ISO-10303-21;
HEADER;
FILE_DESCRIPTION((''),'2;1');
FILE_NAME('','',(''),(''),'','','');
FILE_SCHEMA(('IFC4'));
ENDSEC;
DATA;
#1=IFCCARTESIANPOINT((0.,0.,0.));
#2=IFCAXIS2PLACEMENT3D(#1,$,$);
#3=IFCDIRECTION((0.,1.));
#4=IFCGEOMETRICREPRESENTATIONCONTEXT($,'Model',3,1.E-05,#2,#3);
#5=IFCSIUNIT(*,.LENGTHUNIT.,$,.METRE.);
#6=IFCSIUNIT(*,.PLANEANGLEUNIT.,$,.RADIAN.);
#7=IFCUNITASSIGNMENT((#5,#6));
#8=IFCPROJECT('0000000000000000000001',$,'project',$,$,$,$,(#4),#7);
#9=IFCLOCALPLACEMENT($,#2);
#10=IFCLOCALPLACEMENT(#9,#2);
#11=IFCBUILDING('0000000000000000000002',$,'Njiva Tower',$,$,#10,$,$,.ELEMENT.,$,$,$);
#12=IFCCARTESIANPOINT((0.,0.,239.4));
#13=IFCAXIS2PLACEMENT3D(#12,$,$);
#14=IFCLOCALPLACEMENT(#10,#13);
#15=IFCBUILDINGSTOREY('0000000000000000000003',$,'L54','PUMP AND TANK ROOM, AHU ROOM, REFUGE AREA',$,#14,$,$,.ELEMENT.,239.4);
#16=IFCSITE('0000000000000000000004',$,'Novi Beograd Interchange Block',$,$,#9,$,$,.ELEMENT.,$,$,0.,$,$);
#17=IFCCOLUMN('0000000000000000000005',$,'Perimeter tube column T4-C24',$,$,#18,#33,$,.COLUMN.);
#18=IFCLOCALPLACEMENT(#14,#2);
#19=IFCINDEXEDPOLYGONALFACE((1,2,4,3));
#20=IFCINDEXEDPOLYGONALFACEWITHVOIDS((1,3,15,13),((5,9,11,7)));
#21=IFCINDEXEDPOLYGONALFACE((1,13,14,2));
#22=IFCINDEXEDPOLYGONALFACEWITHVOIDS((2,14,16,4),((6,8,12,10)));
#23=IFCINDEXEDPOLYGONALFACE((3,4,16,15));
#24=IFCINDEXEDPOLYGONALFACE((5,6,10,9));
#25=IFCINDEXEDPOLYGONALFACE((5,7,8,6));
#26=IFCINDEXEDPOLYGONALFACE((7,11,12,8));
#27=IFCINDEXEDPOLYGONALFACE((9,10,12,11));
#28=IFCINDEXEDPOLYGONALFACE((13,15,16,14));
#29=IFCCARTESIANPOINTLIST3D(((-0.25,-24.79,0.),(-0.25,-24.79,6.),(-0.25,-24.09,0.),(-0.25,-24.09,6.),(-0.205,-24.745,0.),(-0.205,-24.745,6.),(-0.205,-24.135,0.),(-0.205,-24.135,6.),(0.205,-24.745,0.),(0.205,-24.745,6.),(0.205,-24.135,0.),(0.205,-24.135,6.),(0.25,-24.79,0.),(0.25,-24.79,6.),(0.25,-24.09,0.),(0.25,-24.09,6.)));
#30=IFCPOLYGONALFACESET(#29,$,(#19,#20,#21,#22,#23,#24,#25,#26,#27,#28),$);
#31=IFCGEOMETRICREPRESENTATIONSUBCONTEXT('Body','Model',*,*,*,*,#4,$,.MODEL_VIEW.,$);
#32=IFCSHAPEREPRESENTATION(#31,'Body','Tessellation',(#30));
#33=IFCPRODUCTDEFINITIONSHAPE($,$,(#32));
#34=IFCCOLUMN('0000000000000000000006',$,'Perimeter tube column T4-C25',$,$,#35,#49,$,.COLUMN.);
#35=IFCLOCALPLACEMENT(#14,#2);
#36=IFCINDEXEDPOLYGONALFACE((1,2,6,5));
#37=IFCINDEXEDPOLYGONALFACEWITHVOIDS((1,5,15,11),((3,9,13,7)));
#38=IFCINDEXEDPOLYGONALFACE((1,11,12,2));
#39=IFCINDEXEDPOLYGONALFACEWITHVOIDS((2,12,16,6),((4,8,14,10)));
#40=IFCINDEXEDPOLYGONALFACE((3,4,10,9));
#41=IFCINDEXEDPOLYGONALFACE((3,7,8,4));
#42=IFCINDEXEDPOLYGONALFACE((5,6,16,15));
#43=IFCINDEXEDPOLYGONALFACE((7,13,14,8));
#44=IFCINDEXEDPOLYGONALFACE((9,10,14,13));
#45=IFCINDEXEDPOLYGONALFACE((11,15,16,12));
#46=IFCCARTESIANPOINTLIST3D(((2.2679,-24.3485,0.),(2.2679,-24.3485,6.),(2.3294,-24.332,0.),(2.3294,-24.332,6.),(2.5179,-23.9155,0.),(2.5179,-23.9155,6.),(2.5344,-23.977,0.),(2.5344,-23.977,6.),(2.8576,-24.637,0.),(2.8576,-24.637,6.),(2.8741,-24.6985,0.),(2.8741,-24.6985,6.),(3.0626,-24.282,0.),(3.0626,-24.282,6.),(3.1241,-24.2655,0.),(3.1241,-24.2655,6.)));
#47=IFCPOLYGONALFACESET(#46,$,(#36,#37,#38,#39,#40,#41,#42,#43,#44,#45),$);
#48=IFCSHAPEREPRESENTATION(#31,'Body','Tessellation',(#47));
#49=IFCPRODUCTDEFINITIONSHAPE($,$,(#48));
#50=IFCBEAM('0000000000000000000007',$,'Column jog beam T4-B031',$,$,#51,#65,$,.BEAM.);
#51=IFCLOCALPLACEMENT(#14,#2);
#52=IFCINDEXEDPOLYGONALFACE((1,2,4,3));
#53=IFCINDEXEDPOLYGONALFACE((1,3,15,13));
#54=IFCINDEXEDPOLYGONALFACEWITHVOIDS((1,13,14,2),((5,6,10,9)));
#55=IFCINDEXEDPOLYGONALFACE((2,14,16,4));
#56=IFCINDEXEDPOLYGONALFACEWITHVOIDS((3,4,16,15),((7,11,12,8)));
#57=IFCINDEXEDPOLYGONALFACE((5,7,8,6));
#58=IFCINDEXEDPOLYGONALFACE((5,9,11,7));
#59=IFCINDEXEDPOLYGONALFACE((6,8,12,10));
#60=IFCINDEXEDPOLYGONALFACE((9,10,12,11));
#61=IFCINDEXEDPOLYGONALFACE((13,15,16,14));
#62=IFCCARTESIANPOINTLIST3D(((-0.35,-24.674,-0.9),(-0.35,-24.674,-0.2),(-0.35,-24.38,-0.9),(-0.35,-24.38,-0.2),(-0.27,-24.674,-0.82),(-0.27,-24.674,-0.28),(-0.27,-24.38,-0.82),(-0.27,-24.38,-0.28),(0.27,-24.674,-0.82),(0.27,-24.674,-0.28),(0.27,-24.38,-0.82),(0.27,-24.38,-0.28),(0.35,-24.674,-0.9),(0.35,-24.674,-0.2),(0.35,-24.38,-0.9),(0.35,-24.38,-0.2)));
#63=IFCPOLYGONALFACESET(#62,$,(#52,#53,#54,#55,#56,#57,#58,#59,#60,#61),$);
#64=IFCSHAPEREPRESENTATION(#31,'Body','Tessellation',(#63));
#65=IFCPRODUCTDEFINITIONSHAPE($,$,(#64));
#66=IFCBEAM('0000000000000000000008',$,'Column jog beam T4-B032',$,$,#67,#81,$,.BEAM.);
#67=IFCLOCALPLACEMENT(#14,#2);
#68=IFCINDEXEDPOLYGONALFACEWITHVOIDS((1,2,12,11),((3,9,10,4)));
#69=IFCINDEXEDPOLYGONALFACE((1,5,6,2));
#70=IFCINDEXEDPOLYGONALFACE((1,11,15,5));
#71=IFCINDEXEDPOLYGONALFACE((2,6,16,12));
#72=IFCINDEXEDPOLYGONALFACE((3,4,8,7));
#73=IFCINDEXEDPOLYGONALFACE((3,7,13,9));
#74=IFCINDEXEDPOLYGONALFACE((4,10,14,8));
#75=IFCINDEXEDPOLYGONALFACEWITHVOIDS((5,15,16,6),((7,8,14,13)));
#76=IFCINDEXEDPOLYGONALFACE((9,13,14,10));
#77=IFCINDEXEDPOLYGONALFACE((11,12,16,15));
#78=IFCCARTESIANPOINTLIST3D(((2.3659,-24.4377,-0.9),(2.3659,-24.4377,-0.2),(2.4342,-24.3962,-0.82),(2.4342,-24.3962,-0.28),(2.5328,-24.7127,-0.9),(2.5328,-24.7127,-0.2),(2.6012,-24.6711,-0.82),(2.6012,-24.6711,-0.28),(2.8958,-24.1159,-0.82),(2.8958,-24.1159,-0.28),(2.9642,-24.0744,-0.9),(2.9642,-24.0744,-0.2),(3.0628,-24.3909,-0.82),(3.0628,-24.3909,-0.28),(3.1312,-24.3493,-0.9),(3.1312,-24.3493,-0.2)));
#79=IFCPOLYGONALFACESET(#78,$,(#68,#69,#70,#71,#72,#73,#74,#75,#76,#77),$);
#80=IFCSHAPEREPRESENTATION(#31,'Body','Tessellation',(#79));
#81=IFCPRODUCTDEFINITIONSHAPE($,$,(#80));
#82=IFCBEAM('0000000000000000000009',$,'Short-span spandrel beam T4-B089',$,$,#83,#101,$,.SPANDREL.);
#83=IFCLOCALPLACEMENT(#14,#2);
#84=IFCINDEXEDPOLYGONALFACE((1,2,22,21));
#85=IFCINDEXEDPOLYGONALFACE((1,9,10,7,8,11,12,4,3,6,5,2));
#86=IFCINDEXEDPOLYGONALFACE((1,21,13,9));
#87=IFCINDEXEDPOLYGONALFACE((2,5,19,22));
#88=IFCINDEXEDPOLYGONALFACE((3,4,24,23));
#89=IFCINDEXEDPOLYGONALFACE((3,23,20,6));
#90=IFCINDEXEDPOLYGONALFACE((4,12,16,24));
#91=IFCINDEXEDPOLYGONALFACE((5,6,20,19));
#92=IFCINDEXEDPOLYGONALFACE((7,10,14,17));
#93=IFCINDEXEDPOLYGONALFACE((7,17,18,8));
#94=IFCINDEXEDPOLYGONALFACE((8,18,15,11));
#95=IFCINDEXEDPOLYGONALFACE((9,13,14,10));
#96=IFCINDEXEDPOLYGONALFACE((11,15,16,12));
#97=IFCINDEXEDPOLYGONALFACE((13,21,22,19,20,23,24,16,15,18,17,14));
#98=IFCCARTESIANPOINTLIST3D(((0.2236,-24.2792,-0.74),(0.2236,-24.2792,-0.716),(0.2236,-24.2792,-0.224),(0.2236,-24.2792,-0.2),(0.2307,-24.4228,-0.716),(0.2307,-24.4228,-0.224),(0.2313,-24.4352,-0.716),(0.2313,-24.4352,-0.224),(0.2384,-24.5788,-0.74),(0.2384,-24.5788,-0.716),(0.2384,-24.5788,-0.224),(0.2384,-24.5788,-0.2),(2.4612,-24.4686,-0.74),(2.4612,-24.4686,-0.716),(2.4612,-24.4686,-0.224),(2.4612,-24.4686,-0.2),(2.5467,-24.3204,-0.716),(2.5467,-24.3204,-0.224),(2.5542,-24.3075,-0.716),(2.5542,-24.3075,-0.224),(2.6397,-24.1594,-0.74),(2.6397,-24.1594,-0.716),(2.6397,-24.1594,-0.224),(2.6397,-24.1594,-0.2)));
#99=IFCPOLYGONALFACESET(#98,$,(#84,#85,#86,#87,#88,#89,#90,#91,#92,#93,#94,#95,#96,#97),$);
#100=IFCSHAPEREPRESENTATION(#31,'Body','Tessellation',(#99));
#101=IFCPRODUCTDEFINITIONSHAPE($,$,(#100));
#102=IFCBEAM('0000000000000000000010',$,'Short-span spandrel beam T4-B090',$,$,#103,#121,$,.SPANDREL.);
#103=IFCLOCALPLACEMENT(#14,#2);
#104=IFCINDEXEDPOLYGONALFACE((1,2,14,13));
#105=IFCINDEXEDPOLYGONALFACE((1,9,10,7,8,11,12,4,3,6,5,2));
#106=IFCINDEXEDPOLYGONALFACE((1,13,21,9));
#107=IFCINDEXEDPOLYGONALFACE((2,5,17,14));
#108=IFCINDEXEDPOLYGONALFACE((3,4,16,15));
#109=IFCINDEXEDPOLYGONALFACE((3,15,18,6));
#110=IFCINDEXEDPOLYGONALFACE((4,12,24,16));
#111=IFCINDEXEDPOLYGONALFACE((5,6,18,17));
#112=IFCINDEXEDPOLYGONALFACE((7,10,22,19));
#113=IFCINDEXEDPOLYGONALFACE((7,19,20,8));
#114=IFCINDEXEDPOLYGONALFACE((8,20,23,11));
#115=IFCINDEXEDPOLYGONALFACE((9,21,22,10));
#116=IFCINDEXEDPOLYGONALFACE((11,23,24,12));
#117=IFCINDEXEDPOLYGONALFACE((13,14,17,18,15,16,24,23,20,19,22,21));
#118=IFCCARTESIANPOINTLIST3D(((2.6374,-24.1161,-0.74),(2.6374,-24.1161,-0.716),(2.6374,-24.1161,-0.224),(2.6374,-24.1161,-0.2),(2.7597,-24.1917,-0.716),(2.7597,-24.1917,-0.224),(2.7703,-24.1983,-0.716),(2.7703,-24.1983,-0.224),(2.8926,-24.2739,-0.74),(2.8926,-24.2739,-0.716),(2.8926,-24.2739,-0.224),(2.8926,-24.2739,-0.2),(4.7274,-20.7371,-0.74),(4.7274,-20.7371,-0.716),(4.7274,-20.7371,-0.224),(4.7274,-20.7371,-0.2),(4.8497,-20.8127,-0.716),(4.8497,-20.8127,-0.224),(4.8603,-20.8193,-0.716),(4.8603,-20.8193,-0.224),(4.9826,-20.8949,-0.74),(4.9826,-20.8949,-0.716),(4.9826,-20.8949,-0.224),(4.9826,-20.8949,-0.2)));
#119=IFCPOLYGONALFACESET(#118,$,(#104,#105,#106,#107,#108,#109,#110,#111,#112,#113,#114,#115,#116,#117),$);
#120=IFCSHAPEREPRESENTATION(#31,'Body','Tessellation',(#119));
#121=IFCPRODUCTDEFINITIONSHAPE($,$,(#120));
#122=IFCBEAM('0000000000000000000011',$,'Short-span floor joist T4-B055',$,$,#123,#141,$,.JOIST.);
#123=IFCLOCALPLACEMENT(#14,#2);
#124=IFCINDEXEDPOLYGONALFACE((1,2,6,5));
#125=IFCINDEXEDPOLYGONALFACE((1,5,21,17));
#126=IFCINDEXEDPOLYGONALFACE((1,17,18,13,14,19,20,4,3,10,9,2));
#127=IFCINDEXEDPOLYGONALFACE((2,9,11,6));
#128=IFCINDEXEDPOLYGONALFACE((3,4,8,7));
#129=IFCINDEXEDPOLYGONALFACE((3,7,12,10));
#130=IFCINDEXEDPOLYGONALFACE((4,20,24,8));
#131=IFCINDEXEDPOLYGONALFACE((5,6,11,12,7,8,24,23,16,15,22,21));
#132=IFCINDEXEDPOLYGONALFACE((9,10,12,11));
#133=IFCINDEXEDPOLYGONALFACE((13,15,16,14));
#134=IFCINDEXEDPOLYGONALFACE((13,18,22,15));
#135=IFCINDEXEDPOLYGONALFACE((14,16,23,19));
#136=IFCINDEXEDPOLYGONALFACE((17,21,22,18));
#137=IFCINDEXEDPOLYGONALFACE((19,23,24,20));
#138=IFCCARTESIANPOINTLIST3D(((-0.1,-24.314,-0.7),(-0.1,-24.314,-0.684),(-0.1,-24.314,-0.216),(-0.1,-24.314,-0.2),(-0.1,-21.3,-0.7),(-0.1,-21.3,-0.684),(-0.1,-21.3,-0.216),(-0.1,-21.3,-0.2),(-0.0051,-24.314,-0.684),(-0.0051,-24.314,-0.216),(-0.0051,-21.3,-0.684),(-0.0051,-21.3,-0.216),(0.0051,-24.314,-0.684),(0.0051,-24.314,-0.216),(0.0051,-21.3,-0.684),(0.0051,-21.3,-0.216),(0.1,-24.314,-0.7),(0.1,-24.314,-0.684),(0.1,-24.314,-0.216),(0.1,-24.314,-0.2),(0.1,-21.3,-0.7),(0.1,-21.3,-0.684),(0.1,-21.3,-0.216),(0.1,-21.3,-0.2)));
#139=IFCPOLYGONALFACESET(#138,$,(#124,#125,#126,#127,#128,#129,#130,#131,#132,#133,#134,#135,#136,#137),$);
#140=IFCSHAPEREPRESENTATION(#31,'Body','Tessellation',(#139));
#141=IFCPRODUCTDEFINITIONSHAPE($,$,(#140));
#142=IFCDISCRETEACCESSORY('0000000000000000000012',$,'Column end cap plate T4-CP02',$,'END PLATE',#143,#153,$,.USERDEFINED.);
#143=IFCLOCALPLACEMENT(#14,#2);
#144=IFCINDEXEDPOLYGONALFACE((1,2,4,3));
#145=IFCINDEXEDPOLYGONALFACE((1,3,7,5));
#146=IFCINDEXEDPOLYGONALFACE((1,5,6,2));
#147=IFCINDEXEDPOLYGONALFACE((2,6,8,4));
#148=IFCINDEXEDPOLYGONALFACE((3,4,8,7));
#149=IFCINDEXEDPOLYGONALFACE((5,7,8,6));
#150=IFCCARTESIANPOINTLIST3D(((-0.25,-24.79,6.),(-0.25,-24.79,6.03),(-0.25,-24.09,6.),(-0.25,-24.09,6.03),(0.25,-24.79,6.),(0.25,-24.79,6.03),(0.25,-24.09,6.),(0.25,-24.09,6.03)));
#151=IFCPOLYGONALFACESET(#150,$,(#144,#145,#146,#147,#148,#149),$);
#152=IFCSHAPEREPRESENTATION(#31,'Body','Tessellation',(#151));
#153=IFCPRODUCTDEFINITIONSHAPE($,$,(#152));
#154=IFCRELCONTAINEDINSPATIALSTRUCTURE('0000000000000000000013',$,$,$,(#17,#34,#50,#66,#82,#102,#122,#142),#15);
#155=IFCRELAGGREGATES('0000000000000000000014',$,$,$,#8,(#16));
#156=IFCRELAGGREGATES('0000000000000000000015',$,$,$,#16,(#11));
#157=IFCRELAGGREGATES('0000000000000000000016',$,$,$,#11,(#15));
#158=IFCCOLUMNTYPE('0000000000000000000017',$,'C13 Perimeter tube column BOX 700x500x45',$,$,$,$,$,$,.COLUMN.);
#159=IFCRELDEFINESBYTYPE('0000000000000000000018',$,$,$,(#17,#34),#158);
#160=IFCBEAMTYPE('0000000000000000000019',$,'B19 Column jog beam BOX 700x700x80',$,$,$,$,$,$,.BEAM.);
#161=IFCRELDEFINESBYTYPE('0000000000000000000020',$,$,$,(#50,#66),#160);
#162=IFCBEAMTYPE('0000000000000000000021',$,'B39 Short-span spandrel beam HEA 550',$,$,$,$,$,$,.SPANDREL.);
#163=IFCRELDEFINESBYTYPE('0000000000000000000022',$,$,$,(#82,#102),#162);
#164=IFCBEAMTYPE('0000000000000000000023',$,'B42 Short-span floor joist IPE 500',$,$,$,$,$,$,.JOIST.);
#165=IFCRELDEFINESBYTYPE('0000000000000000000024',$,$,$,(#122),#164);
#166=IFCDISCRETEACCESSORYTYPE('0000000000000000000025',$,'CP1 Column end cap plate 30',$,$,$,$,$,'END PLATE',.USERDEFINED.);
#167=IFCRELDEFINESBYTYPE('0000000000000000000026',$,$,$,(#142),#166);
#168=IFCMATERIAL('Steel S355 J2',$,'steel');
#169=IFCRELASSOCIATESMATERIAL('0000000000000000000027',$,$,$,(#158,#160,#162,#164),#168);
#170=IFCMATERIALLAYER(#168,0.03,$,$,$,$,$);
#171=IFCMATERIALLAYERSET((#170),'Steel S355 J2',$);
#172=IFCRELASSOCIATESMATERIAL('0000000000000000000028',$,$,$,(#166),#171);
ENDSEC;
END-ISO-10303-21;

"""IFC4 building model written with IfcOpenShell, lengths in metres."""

from ifc_helpers import new_model, si_unit, direction, frame, origin, origin_2d, place, context, subcontext, project, spatial, polyline, hollow_rectangle, i_section, outline, extrude, clip, halfspace, material, layer, layer_set, material_profile, profile_set, type_object, element, save


model = new_model("IFC4")

# Units and contexts
model_context = context("Model", 3, precision=1e-05, world=origin(), true_north=direction((0.0, 1.0)))
body_context = subcontext(model_context, "Body", "Model", "MODEL_VIEW")
ifc_project = project(units=[si_unit("LENGTHUNIT", "METRE"), si_unit("PLANEANGLEUNIT", "RADIAN")], contexts=[model_context])

# Site, building, storey
site_placement = place(None, origin())
site = spatial("IfcSite", under=ifc_project, at=site_placement, Name="Novi Beograd Interchange Block", CompositionType="ELEMENT", RefElevation=0.0)
building_placement = place(site_placement, origin())
building = spatial("IfcBuilding", under=site, at=building_placement, Name="Njiva Tower", CompositionType="ELEMENT")
storey_placement = place(building_placement, frame((0.0, 0.0, 239.4)))
storey = spatial("IfcBuildingStorey", under=building, at=storey_placement, Name="L54", Description="PUMP AND TANK ROOM, AHU ROOM, REFUGE AREA", CompositionType="ELEMENT", Elevation=239.4)

# Columns
ifc_material_1 = material(Name="Steel S355 J2", Category="steel")
ifc_material_profile_1 = material_profile(ifc_material_1, hollow_rectangle(XDim=0.5, YDim=0.7, WallThickness=0.045, at=origin_2d()), Name="BOX 700x500x45")
ifc_profile_set_1 = profile_set([ifc_material_profile_1], Name="Steel S355 J2")
column_type = type_object("IfcColumnType", Name="C13 Perimeter tube column BOX 700x500x45", PredefinedType="COLUMN", material=ifc_profile_set_1)
for number, where, z_axis, x_axis, name in (
    (1, (0.0, -24.44, 0.0), (0.0, 0.0, 1.0), (1.0, 0.0, 0.0), "Perimeter tube column T4-C24"),
    (2, (2.696, -24.307, 0.0), (0.0, 0.0, 1.0), (0.5, 0.866025, 0.0), "Perimeter tube column T4-C25"),
):
    element("IfcColumn", number, at=place(storey_placement, frame(where, z_axis=z_axis, x_axis=x_axis)), inside=storey, type_object=column_type, Name=name, PredefinedType="COLUMN", context=body_context, shape_type="SweptSolid", body=[
        extrude(hollow_rectangle(XDim=0.5, YDim=0.7, WallThickness=0.045, at=origin_2d()), origin(), (0.0, 0.0, 1.0), 6.0),
    ])

# Beams
ifc_material_profile_2 = material_profile(ifc_material_1, hollow_rectangle(XDim=0.7, YDim=0.7, WallThickness=0.08, at=origin_2d()), Name="BOX 700x700x80")
ifc_profile_set_2 = profile_set([ifc_material_profile_2], Name="Steel S355 J2")
beam_type_1 = type_object("IfcBeamType", Name="B19 Column jog beam BOX 700x700x80", PredefinedType="BEAM", material=ifc_profile_set_2)
beam_1_placement = place(storey_placement, frame((0.0, -24.674, -0.55), z_axis=(0.0, 1.0, 0.0), x_axis=(-1.0, 0.0, 0.0)))
element("IfcBeam", 3, at=beam_1_placement, inside=storey, type_object=beam_type_1, Name="Column jog beam T4-B031", PredefinedType="BEAM", context=body_context, shape_type="SweptSolid", body=[
    extrude(hollow_rectangle(XDim=0.7, YDim=0.7, WallThickness=0.08, at=origin_2d()), origin(), (0.0, 0.0, 1.0), 0.294),
])
beam_2_placement = place(storey_placement, frame((2.832, -24.531, -0.55), z_axis=(-0.519059, 0.854738, 0.0), x_axis=(-0.854738, -0.519059, 0.0)))
element("IfcBeam", 4, at=beam_2_placement, inside=storey, type_object=beam_type_1, Name="Column jog beam T4-B032", PredefinedType="BEAM", context=body_context, shape_type="SweptSolid", body=[
    extrude(hollow_rectangle(XDim=0.7, YDim=0.7, WallThickness=0.08, at=origin_2d()), origin(), (0.0, 0.0, 1.0), 0.3217),
])
ifc_material_profile_3 = material_profile(ifc_material_1, i_section(OverallWidth=0.3, OverallDepth=0.54, WebThickness=0.0125, FlangeThickness=0.024, at=origin_2d()), Name="HEA 550")
ifc_profile_set_3 = profile_set([ifc_material_profile_3], Name="Steel S355 J2")
beam_type_2 = type_object("IfcBeamType", Name="B39 Short-span spandrel beam HEA 550", PredefinedType="SPANDREL", material=ifc_profile_set_3)
beam_3_placement = place(storey_placement, frame((0.231, -24.429, -0.47), z_axis=(0.998773, 0.049529, 0.0), x_axis=(-0.049529, 0.998773, 0.0)))
element("IfcBeam", 5, at=beam_3_placement, inside=storey, type_object=beam_type_2, Name="Short-span spandrel beam T4-B089", PredefinedType="SPANDREL", context=body_context, shape_type="Clipping", body=[
    clip(extrude(i_section(OverallWidth=0.3, OverallDepth=0.54, WebThickness=0.0125, FlangeThickness=0.024, at=origin_2d()), origin(), (0.0, 0.0, 1.0), 2.4388), halfspace(frame((-0.0276, 0.0, 2.3045), z_axis=(-0.542278, 0.0, 0.840199), x_axis=(0.0, 1.0, 0.0)), False)),
])
beam_4_placement = place(storey_placement, frame((2.765, -24.195, -0.47), z_axis=(0.526034, 0.850464, 0.0), x_axis=(-0.850464, 0.526034, 0.0)))
element("IfcBeam", 6, at=beam_4_placement, inside=storey, type_object=beam_type_2, Name="Short-span spandrel beam T4-B090", PredefinedType="SPANDREL", context=body_context, shape_type="SweptSolid", body=[
    extrude(i_section(OverallWidth=0.3, OverallDepth=0.54, WebThickness=0.0125, FlangeThickness=0.024, at=origin_2d()), origin(), (0.0, 0.0, 1.0), 3.9731),
])
ifc_material_profile_4 = material_profile(ifc_material_1, i_section(OverallWidth=0.2, OverallDepth=0.5, WebThickness=0.0102, FlangeThickness=0.016, at=origin_2d()), Name="IPE 500")
ifc_profile_set_4 = profile_set([ifc_material_profile_4], Name="Steel S355 J2")
beam_type_3 = type_object("IfcBeamType", Name="B42 Short-span floor joist IPE 500", PredefinedType="JOIST", material=ifc_profile_set_4)
beam_5_placement = place(storey_placement, frame((0.0, -21.3, -0.45), z_axis=(0.0, -1.0, 0.0), x_axis=(1.0, 0.0, 0.0)))
element("IfcBeam", 7, at=beam_5_placement, inside=storey, type_object=beam_type_3, Name="Short-span floor joist T4-B055", PredefinedType="JOIST", context=body_context, shape_type="SweptSolid", body=[
    extrude(i_section(OverallWidth=0.2, OverallDepth=0.5, WebThickness=0.0102, FlangeThickness=0.016, at=origin_2d()), origin(), (0.0, 0.0, 1.0), 3.014),
])

# Discrete accessory
ifc_layer_1 = layer(ifc_material_1, 0.03)
ifc_layer_set_1 = layer_set([ifc_layer_1], Name="Steel S355 J2")
discrete_accessory_type = type_object("IfcDiscreteAccessoryType", Name="CP1 Column end cap plate 30", ElementType="END PLATE", PredefinedType="USERDEFINED", material=ifc_layer_set_1)
discrete_accessory_placement = place(storey_placement, frame((0.0, -24.44, 6.0)))
element("IfcDiscreteAccessory", 8, at=discrete_accessory_placement, inside=storey, type_object=discrete_accessory_type, Name="Column end cap plate T4-CP02", ObjectType="END PLATE", PredefinedType="USERDEFINED", context=body_context, shape_type="SweptSolid", body=[
    extrude(outline(polyline([(0.25, 0.35), (-0.25, 0.35), (-0.25, -0.35), (0.25, -0.35), (0.25, 0.35)])), origin(), (0.0, 0.0, 1.0), 0.03),
])

save(model, "model.ifc")
